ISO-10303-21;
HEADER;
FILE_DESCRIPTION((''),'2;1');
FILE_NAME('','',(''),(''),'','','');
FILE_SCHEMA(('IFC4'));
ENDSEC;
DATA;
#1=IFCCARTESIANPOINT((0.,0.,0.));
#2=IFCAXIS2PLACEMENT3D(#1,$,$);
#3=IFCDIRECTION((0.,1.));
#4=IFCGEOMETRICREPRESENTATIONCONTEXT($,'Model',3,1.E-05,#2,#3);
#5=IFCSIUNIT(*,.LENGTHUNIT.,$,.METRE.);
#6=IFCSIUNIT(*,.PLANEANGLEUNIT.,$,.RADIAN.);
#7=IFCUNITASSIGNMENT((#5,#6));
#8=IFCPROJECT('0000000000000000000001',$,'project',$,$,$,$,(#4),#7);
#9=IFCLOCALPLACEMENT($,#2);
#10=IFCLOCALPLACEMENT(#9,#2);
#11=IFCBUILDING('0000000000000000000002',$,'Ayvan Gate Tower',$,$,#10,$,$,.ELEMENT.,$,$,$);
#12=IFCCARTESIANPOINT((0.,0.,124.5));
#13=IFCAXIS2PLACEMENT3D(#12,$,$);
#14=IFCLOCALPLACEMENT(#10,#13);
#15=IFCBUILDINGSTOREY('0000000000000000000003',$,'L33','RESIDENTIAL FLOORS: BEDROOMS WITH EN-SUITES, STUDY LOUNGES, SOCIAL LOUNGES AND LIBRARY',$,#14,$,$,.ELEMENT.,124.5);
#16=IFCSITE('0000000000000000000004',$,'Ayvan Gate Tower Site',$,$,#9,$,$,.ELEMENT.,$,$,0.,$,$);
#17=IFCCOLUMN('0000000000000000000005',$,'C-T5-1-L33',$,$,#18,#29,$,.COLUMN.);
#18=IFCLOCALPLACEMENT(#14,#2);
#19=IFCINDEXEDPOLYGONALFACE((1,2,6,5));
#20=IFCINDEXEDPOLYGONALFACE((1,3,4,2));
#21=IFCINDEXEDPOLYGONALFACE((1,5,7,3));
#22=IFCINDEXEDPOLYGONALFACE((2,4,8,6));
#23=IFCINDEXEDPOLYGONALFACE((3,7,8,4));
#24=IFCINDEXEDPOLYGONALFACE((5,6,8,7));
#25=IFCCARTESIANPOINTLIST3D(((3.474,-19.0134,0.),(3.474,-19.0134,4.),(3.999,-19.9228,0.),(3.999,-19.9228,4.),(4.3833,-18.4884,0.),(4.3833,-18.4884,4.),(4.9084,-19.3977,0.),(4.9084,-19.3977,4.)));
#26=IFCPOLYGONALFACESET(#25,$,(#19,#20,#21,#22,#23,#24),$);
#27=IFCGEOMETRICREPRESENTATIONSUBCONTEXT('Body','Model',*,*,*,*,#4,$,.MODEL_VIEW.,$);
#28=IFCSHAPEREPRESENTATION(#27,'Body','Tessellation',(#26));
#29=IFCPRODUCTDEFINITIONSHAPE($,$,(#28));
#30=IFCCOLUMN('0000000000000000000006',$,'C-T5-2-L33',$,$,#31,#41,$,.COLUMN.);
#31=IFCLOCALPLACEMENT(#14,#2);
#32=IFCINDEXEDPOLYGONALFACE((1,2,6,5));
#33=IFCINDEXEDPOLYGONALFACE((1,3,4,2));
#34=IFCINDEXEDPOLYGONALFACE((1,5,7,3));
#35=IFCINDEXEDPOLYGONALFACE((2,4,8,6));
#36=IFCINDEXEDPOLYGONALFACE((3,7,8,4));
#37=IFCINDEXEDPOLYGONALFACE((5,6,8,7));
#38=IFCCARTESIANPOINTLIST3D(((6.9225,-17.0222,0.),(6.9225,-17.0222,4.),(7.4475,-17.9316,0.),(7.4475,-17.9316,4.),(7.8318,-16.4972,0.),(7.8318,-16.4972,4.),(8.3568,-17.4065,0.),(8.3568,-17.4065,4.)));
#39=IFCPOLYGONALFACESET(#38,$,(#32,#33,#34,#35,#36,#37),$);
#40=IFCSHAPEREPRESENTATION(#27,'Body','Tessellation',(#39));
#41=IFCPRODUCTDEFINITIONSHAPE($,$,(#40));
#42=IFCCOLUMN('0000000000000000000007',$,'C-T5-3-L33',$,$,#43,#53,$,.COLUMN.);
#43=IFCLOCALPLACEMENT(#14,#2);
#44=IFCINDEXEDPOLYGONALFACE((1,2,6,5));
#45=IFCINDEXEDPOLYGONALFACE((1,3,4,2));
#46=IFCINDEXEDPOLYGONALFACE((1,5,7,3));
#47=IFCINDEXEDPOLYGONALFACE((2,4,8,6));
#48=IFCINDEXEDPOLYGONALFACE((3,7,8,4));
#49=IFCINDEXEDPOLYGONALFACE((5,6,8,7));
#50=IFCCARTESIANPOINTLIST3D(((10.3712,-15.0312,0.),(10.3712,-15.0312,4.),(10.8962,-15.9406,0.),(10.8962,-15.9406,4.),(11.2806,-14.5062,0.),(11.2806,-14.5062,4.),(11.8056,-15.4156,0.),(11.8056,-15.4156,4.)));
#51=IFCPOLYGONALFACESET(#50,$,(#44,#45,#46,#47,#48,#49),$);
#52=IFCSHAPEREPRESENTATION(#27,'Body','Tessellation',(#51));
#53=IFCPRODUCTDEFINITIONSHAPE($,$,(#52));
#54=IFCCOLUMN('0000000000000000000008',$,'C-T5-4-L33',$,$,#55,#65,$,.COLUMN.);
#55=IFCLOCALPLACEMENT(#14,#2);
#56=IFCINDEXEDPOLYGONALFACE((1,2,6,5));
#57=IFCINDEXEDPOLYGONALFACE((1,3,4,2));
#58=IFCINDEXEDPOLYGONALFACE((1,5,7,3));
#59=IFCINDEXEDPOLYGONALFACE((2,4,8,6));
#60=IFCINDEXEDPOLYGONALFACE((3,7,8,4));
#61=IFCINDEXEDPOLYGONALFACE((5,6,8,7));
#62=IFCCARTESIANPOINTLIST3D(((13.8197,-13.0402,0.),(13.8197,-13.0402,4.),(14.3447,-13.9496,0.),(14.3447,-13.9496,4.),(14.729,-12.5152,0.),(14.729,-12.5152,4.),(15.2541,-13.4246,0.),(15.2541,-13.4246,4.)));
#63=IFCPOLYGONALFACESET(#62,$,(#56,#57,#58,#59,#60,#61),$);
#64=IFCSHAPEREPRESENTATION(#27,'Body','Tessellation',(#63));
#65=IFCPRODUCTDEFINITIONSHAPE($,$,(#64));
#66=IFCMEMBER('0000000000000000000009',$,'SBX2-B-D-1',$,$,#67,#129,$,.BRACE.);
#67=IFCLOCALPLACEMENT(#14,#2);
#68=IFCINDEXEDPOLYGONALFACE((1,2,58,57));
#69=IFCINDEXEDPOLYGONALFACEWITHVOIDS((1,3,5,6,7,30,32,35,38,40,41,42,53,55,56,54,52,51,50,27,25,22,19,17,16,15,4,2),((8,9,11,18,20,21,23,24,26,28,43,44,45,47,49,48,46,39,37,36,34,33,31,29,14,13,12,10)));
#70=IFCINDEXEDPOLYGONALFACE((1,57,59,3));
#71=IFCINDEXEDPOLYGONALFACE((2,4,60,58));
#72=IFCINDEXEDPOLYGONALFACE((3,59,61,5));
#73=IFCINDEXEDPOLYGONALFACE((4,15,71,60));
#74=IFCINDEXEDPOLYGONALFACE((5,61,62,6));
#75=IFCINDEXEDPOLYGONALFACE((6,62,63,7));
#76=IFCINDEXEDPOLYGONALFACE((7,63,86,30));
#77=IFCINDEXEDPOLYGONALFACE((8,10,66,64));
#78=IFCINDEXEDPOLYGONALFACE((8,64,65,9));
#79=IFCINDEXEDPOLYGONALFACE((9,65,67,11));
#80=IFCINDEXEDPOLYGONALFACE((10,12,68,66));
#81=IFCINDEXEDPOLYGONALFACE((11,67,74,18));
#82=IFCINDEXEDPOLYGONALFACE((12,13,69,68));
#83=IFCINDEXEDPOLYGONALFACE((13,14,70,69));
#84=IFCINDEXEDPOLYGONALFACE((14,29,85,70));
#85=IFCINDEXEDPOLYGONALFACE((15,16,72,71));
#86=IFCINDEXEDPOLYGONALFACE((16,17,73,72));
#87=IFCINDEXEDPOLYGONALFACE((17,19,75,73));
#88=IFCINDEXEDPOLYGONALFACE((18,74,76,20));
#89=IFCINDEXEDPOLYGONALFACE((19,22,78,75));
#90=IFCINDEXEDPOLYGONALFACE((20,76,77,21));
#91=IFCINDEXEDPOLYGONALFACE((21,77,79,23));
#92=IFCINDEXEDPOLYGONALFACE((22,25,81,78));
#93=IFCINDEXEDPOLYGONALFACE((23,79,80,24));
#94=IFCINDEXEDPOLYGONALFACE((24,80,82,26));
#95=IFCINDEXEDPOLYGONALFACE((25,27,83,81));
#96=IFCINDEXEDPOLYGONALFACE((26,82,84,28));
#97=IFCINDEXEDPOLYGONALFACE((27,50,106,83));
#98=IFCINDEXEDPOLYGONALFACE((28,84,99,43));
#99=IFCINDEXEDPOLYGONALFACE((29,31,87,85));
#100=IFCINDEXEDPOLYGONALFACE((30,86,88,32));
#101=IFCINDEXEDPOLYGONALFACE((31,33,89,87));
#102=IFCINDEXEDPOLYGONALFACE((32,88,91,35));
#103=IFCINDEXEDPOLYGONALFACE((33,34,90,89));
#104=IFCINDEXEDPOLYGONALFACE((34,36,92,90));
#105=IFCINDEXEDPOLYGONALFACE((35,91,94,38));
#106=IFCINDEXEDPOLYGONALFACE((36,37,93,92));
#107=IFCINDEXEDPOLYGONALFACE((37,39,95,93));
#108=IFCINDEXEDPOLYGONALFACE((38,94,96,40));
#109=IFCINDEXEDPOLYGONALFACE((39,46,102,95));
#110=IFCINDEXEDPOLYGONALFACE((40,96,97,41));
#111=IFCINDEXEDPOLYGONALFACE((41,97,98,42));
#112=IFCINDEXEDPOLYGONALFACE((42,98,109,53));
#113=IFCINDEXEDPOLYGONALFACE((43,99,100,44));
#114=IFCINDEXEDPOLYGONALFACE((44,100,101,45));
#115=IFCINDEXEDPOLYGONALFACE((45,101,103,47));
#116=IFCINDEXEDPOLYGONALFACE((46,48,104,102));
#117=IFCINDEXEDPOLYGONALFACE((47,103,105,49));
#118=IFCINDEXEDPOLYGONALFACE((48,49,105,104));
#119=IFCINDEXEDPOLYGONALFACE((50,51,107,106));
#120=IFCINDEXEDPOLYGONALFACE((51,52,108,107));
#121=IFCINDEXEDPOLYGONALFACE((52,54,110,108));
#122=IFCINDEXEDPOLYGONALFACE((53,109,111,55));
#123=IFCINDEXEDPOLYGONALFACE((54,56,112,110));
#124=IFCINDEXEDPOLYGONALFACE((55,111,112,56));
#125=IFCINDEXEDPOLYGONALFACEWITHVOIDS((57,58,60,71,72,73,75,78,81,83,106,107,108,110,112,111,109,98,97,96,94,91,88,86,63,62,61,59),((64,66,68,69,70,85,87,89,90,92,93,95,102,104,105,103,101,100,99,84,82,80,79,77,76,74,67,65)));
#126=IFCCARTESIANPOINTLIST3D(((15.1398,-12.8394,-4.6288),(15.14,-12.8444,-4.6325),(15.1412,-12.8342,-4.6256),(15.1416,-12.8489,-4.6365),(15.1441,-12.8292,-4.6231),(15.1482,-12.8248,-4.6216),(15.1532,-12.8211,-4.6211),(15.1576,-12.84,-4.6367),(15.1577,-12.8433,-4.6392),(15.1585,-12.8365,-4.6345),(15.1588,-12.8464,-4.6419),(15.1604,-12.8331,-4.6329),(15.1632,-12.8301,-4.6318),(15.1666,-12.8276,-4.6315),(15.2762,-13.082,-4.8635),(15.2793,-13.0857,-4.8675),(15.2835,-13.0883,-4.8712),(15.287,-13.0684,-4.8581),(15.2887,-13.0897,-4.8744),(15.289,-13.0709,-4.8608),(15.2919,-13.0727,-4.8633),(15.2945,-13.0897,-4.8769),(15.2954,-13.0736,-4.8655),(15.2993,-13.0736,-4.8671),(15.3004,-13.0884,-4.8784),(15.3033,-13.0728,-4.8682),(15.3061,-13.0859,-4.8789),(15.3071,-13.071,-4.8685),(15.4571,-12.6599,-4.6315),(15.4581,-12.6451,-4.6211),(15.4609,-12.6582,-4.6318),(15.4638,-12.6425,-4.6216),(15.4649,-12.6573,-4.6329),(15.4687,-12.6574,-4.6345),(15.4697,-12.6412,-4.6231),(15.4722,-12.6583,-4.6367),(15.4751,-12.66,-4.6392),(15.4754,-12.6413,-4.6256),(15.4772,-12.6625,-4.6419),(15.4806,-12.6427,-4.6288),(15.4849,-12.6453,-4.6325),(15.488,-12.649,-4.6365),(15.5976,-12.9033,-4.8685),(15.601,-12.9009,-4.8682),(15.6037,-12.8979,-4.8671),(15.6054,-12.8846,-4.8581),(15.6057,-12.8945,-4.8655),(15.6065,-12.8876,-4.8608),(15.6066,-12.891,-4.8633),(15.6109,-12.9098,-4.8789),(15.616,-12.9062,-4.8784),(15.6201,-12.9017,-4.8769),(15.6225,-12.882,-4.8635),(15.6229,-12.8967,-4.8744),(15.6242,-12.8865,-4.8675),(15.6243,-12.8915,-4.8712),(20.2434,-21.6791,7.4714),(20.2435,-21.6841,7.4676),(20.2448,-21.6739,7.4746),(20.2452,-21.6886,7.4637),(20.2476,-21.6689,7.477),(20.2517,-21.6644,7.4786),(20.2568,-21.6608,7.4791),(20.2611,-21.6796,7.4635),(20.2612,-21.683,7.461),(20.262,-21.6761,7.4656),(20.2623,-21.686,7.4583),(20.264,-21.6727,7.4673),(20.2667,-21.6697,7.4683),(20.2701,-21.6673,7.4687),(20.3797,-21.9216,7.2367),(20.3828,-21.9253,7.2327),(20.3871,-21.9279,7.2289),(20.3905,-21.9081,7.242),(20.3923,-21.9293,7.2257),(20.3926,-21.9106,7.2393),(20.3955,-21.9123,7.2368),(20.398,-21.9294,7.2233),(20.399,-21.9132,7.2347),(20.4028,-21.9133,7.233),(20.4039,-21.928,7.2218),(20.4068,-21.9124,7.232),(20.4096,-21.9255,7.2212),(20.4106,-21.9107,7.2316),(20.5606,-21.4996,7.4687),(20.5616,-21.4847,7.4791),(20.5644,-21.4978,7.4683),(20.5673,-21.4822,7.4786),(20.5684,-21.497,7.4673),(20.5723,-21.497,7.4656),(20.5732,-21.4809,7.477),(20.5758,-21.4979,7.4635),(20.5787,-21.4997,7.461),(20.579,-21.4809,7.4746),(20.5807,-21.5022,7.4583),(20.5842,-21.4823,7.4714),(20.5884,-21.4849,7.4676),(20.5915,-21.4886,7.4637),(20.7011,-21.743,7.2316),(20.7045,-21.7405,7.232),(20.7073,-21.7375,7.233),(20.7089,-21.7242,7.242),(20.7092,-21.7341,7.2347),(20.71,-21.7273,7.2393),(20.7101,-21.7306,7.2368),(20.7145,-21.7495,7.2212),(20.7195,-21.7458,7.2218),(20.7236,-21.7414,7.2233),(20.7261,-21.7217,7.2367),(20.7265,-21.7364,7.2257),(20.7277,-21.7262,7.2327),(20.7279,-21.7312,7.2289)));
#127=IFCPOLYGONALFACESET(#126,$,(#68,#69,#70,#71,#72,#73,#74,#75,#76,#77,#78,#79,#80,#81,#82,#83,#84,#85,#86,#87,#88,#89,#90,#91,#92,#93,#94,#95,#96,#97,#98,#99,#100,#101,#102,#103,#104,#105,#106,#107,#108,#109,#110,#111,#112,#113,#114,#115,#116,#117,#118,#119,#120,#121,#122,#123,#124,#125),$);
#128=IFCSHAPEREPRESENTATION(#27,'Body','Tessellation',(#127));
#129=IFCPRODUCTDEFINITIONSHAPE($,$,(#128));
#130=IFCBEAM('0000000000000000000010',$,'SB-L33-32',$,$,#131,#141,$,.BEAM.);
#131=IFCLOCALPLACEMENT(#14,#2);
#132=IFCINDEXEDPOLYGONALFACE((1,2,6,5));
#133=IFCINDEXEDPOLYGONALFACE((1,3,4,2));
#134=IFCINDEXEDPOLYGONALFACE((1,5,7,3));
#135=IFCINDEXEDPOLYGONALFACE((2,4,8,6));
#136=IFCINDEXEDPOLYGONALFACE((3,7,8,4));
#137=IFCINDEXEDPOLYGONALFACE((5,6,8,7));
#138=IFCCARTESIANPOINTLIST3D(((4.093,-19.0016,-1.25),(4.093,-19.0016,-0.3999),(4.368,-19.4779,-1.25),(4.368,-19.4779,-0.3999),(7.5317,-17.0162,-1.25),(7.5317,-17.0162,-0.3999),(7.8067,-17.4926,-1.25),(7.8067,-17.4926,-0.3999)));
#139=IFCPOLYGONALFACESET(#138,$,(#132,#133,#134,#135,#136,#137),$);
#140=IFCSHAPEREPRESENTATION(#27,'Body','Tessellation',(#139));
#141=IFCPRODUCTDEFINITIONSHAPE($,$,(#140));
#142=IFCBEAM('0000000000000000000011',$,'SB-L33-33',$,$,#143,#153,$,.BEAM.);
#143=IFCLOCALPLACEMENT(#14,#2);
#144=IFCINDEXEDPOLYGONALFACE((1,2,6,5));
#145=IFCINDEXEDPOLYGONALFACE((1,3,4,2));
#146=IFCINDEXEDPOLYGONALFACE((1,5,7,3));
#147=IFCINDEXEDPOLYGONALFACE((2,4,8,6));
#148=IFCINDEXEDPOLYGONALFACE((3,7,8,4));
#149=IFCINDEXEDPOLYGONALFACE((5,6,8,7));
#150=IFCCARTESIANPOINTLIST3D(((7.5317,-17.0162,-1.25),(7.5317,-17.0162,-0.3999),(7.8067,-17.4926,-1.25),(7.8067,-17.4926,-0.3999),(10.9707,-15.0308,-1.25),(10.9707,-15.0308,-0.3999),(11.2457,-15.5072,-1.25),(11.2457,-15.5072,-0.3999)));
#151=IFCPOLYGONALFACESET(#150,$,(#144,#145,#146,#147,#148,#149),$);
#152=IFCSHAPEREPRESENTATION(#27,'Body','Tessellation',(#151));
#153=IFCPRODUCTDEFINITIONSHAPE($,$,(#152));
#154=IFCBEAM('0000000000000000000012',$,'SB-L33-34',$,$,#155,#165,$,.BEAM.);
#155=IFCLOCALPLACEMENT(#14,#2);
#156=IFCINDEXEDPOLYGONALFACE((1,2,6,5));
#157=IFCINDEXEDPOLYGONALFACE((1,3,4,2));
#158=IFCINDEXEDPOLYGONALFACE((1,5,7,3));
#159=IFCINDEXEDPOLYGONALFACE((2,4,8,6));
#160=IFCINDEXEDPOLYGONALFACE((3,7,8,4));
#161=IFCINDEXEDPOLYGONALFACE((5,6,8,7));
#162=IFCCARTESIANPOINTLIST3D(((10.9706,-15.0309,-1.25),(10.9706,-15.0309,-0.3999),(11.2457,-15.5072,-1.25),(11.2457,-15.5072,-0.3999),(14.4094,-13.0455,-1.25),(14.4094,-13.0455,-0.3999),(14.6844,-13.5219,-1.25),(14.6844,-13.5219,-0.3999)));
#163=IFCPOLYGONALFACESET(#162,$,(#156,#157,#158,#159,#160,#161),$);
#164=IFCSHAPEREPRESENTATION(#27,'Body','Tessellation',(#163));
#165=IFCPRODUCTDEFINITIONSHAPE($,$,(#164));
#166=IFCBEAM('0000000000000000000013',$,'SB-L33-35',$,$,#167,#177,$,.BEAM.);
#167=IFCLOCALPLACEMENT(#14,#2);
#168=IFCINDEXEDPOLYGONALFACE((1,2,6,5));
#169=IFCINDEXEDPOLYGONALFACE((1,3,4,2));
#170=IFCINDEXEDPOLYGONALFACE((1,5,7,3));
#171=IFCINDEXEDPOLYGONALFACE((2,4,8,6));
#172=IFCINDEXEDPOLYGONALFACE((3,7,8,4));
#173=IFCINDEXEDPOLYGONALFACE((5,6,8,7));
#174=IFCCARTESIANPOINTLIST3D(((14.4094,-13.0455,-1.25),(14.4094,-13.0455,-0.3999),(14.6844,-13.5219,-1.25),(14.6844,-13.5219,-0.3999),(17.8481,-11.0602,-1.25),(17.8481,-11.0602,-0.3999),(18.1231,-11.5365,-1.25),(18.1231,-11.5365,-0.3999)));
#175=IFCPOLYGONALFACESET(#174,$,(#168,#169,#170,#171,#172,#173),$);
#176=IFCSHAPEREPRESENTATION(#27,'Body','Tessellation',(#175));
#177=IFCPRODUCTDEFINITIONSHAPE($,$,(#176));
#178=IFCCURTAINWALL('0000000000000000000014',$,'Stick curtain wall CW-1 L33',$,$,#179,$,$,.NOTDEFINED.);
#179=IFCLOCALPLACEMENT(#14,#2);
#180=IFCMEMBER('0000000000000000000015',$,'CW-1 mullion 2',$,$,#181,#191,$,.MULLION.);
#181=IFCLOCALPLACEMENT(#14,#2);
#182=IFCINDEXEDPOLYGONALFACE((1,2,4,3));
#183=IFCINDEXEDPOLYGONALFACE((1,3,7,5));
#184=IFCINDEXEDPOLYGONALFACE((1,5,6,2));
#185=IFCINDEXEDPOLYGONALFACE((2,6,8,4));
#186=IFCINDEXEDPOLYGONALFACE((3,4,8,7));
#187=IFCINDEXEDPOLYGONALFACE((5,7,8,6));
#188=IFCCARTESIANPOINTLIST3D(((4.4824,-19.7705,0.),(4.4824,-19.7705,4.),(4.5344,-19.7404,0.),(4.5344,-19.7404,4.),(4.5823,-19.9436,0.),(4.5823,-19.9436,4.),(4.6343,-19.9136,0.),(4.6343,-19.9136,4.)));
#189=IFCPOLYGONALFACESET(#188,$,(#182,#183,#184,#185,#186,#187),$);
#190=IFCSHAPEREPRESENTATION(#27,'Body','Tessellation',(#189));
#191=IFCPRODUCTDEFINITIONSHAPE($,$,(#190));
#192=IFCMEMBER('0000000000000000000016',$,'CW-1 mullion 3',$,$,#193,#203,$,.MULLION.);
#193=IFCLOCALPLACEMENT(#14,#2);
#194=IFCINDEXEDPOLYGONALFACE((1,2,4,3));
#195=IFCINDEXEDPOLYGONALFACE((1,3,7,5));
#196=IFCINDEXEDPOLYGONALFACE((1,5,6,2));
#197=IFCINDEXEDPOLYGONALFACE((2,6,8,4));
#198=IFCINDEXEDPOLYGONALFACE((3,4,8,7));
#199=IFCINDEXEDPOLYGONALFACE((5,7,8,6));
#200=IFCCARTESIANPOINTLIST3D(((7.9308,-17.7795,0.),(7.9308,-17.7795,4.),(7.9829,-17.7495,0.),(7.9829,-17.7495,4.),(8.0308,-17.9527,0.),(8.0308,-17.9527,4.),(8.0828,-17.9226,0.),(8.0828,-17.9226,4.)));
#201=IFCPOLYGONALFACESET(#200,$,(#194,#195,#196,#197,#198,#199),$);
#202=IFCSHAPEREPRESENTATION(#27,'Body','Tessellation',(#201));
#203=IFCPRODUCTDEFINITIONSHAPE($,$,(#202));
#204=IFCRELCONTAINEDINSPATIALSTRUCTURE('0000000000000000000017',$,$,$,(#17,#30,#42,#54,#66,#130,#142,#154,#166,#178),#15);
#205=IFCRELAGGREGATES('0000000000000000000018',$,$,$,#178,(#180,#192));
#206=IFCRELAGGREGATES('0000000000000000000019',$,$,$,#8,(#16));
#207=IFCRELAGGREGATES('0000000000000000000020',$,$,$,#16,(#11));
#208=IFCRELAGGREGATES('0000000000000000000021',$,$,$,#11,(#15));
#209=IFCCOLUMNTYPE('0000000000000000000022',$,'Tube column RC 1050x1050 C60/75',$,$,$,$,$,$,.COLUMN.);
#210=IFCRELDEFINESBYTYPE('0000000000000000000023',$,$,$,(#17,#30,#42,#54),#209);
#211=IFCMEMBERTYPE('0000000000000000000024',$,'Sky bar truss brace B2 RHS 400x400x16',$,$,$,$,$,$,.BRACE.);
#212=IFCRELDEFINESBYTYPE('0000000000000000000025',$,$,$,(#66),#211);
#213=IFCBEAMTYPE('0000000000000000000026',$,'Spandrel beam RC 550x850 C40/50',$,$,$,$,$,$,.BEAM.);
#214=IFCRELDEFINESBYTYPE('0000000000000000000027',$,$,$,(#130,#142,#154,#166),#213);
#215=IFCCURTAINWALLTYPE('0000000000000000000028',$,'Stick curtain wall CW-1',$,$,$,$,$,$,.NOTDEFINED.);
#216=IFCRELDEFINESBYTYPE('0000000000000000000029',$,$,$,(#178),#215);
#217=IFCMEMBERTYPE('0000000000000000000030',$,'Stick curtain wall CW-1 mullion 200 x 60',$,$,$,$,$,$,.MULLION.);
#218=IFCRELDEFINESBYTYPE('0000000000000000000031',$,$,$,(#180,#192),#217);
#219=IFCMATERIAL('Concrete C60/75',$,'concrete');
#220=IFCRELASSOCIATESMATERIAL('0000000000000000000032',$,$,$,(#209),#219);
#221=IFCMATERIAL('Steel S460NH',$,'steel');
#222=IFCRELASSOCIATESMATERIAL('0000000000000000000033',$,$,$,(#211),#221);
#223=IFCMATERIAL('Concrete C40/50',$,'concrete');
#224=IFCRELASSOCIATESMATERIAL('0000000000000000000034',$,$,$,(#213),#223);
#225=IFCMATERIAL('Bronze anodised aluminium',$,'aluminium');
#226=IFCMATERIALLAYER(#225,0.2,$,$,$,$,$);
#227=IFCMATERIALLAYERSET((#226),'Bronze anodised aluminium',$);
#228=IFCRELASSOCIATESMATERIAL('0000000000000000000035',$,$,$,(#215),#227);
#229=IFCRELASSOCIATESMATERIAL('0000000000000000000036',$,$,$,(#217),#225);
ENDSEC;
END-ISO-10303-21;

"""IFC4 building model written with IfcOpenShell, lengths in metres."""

from ifc_helpers import new_model, si_unit, direction, frame, origin, origin_2d, place, context, subcontext, project, spatial, rectangle, hollow_rectangle, extrude, material, layer, layer_set, material_profile, profile_set, type_object, element, aggregate, save


model = new_model("IFC4")

# Units and contexts
model_context = context("Model", 3, precision=1e-05, world=origin(), true_north=direction((0.0, 1.0)))
body_context = subcontext(model_context, "Body", "Model", "MODEL_VIEW")
ifc_project = project(units=[si_unit("LENGTHUNIT", "METRE"), si_unit("PLANEANGLEUNIT", "RADIAN")], contexts=[model_context])

# Site, building, storey
site_placement = place(None, origin())
site = spatial("IfcSite", under=ifc_project, at=site_placement, Name="Ayvan Gate Tower Site", CompositionType="ELEMENT", RefElevation=0.0)
building_placement = place(site_placement, origin())
building = spatial("IfcBuilding", under=site, at=building_placement, Name="Ayvan Gate Tower", CompositionType="ELEMENT")
storey_placement = place(building_placement, frame((0.0, 0.0, 124.5)))
storey = spatial("IfcBuildingStorey", under=building, at=storey_placement, Name="L33", Description="RESIDENTIAL FLOORS: BEDROOMS WITH EN-SUITES, STUDY LOUNGES, SOCIAL LOUNGES AND LIBRARY", CompositionType="ELEMENT", Elevation=124.5)

# Columns
ifc_material_1 = material(Name="Concrete C60/75", Category="concrete")
ifc_material_profile_1 = material_profile(ifc_material_1, rectangle(XDim=1.05, YDim=1.05, at=origin_2d()), Name="RC 1050x1050")
ifc_profile_set_1 = profile_set([ifc_material_profile_1], Name="Concrete C60/75")
column_type = type_object("IfcColumnType", Name="Tube column RC 1050x1050 C60/75", PredefinedType="COLUMN", material=ifc_profile_set_1)
for number, where, z_axis, x_axis, name in (
    (1, (4.1912, -19.2056, 0.0), (0.0, 0.0, 1.0), (0.5, -0.866025, 0.0), "C-T5-1-L33"),
    (2, (7.6396, -17.2144, 0.0), (0.0, 0.0, 1.0), (0.5, -0.866025, 0.0), "C-T5-2-L33"),
    (3, (11.0884, -15.2234, 0.0), (0.0, 0.0, 1.0), (0.5, -0.866025, 0.0), "C-T5-3-L33"),
    (4, (14.5369, -13.2324, 0.0), (0.0, 0.0, 1.0), (0.5, -0.866025, 0.0), "C-T5-4-L33"),
):
    element("IfcColumn", number, at=place(storey_placement, frame(where, z_axis=z_axis, x_axis=x_axis)), inside=storey, type_object=column_type, Name=name, PredefinedType="COLUMN", context=body_context, shape_type="SweptSolid", body=[
        extrude(rectangle(XDim=1.05, YDim=1.05, at=origin_2d()), origin(), (0.0, 0.0, 1.0), 4.0),
    ])

# Member
ifc_material_2 = material(Name="Steel S460NH", Category="steel")
ifc_material_profile_2 = material_profile(ifc_material_2, hollow_rectangle(XDim=0.3999, YDim=0.3999, WallThickness=0.0161, InnerFilletRadius=0.0161, OuterFilletRadius=0.0239, at=origin_2d()), Name="RHS 400x400x16")
ifc_profile_set_2 = profile_set([ifc_material_profile_2], Name="Steel S460NH")
member_type_1 = type_object("IfcMemberType", Name="Sky bar truss brace B2 RHS 400x400x16", PredefinedType="BRACE", material=ifc_profile_set_2)
member_1_placement = place(storey_placement, frame((15.3821, -12.8655, -4.75), z_axis=(0.32239, -0.558399, 0.764366), x_axis=(0.866027, 0.499998, 0.0)))
element("IfcMember", 5, at=member_1_placement, inside=storey, type_object=member_type_1, Name="SBX2-B-D-1", PredefinedType="BRACE", context=body_context, shape_type="SweptSolid", body=[
    extrude(hollow_rectangle(XDim=0.3999, YDim=0.3999, WallThickness=0.0161, InnerFilletRadius=0.0161, OuterFilletRadius=0.0239, at=origin_2d()), origin(), (0.0, 0.0, 1.0), 15.8303),
])

# Beams
ifc_material_3 = material(Name="Concrete C40/50", Category="concrete")
ifc_material_profile_3 = material_profile(ifc_material_3, rectangle(XDim=0.55, YDim=0.8501, at=origin_2d()), Name="RC 550x850")
ifc_profile_set_3 = profile_set([ifc_material_profile_3], Name="Concrete C40/50")
beam_type = type_object("IfcBeamType", Name="Spandrel beam RC 550x850 C40/50", PredefinedType="BEAM", material=ifc_profile_set_3)
beam_1_placement = place(storey_placement, frame((4.2305, -19.2397, -0.825), z_axis=(0.866025, 0.500001, 0.0), x_axis=(-0.500001, 0.866025, 0.0)))
element("IfcBeam", 6, at=beam_1_placement, inside=storey, type_object=beam_type, Name="SB-L33-32", PredefinedType="BEAM", context=body_context, shape_type="SweptSolid", body=[
    extrude(rectangle(XDim=0.55, YDim=0.8501, at=origin_2d()), origin(), (0.0, 0.0, 1.0), 3.9707),
])
beam_2_placement = place(storey_placement, frame((7.6692, -17.2544, -0.825), z_axis=(0.86604, 0.499974, 0.0), x_axis=(-0.499974, 0.86604, 0.0)))
element("IfcBeam", 7, at=beam_2_placement, inside=storey, type_object=beam_type, Name="SB-L33-33", PredefinedType="BEAM", context=body_context, shape_type="SweptSolid", body=[
    extrude(rectangle(XDim=0.55, YDim=0.8501, at=origin_2d()), origin(), (0.0, 0.0, 1.0), 3.9709),
])
for number, where, z_axis, x_axis, name in (
    (8, (11.1082, -15.269, -0.825), (0.866025, 0.500001, 0.0), (-0.500001, 0.866025, 0.0), "SB-L33-34"),
    (9, (14.5469, -13.2837, -0.825), (0.866025, 0.500001, 0.0), (-0.500001, 0.866025, 0.0), "SB-L33-35"),
):
    element("IfcBeam", number, at=place(storey_placement, frame(where, z_axis=z_axis, x_axis=x_axis)), inside=storey, type_object=beam_type, Name=name, PredefinedType="BEAM", context=body_context, shape_type="SweptSolid", body=[
        extrude(rectangle(XDim=0.55, YDim=0.8501, at=origin_2d()), origin(), (0.0, 0.0, 1.0), 3.9707),
    ])

# Curtain wall, members
ifc_material_4 = material(Name="Bronze anodised aluminium", Category="aluminium")
ifc_layer_1 = layer(ifc_material_4, 0.2)
ifc_layer_set_1 = layer_set([ifc_layer_1], Name="Bronze anodised aluminium")
curtain_wall_type = type_object("IfcCurtainWallType", Name="Stick curtain wall CW-1", PredefinedType="NOTDEFINED", material=ifc_layer_set_1)
curtain_wall_placement = place(storey_placement, origin())
curtain_wall = element("IfcCurtainWall", 10, at=curtain_wall_placement, inside=storey, type_object=curtain_wall_type, Name="Stick curtain wall CW-1 L33", PredefinedType="NOTDEFINED")
ifc_material_profile_4 = material_profile(ifc_material_4, rectangle(XDim=0.2, YDim=0.0601, at=origin_2d()), Name="Stick curtain wall CW-1 mullion 200 x 60")
ifc_profile_set_4 = profile_set([ifc_material_profile_4], Name="Bronze anodised aluminium")
member_type_2 = type_object("IfcMemberType", Name="Stick curtain wall CW-1 mullion 200 x 60", PredefinedType="MULLION", material=ifc_profile_set_4)
member_2_placement = place(storey_placement, frame((4.5583, -19.842, 0.0), z_axis=(0.0, 0.0, 1.0), x_axis=(0.5, -0.866025, 0.0)))
member_2 = element("IfcMember", 11, at=member_2_placement, type_object=member_type_2, Name="CW-1 mullion 2", PredefinedType="MULLION", context=body_context, shape_type="SweptSolid", body=[
    extrude(rectangle(XDim=0.2, YDim=0.0601, at=origin_2d()), origin(), (0.0, 0.0, 1.0), 4.0),
])
member_3_placement = place(storey_placement, frame((8.0068, -17.8511, 0.0), z_axis=(0.0, 0.0, 1.0), x_axis=(0.5, -0.866025, 0.0)))
member_3 = element("IfcMember", 12, at=member_3_placement, type_object=member_type_2, Name="CW-1 mullion 3", PredefinedType="MULLION", context=body_context, shape_type="SweptSolid", body=[
    extrude(rectangle(XDim=0.2, YDim=0.0601, at=origin_2d()), origin(), (0.0, 0.0, 1.0), 4.0),
])
aggregate(curtain_wall, [member_2, member_3])

save(model, "model.ifc")
